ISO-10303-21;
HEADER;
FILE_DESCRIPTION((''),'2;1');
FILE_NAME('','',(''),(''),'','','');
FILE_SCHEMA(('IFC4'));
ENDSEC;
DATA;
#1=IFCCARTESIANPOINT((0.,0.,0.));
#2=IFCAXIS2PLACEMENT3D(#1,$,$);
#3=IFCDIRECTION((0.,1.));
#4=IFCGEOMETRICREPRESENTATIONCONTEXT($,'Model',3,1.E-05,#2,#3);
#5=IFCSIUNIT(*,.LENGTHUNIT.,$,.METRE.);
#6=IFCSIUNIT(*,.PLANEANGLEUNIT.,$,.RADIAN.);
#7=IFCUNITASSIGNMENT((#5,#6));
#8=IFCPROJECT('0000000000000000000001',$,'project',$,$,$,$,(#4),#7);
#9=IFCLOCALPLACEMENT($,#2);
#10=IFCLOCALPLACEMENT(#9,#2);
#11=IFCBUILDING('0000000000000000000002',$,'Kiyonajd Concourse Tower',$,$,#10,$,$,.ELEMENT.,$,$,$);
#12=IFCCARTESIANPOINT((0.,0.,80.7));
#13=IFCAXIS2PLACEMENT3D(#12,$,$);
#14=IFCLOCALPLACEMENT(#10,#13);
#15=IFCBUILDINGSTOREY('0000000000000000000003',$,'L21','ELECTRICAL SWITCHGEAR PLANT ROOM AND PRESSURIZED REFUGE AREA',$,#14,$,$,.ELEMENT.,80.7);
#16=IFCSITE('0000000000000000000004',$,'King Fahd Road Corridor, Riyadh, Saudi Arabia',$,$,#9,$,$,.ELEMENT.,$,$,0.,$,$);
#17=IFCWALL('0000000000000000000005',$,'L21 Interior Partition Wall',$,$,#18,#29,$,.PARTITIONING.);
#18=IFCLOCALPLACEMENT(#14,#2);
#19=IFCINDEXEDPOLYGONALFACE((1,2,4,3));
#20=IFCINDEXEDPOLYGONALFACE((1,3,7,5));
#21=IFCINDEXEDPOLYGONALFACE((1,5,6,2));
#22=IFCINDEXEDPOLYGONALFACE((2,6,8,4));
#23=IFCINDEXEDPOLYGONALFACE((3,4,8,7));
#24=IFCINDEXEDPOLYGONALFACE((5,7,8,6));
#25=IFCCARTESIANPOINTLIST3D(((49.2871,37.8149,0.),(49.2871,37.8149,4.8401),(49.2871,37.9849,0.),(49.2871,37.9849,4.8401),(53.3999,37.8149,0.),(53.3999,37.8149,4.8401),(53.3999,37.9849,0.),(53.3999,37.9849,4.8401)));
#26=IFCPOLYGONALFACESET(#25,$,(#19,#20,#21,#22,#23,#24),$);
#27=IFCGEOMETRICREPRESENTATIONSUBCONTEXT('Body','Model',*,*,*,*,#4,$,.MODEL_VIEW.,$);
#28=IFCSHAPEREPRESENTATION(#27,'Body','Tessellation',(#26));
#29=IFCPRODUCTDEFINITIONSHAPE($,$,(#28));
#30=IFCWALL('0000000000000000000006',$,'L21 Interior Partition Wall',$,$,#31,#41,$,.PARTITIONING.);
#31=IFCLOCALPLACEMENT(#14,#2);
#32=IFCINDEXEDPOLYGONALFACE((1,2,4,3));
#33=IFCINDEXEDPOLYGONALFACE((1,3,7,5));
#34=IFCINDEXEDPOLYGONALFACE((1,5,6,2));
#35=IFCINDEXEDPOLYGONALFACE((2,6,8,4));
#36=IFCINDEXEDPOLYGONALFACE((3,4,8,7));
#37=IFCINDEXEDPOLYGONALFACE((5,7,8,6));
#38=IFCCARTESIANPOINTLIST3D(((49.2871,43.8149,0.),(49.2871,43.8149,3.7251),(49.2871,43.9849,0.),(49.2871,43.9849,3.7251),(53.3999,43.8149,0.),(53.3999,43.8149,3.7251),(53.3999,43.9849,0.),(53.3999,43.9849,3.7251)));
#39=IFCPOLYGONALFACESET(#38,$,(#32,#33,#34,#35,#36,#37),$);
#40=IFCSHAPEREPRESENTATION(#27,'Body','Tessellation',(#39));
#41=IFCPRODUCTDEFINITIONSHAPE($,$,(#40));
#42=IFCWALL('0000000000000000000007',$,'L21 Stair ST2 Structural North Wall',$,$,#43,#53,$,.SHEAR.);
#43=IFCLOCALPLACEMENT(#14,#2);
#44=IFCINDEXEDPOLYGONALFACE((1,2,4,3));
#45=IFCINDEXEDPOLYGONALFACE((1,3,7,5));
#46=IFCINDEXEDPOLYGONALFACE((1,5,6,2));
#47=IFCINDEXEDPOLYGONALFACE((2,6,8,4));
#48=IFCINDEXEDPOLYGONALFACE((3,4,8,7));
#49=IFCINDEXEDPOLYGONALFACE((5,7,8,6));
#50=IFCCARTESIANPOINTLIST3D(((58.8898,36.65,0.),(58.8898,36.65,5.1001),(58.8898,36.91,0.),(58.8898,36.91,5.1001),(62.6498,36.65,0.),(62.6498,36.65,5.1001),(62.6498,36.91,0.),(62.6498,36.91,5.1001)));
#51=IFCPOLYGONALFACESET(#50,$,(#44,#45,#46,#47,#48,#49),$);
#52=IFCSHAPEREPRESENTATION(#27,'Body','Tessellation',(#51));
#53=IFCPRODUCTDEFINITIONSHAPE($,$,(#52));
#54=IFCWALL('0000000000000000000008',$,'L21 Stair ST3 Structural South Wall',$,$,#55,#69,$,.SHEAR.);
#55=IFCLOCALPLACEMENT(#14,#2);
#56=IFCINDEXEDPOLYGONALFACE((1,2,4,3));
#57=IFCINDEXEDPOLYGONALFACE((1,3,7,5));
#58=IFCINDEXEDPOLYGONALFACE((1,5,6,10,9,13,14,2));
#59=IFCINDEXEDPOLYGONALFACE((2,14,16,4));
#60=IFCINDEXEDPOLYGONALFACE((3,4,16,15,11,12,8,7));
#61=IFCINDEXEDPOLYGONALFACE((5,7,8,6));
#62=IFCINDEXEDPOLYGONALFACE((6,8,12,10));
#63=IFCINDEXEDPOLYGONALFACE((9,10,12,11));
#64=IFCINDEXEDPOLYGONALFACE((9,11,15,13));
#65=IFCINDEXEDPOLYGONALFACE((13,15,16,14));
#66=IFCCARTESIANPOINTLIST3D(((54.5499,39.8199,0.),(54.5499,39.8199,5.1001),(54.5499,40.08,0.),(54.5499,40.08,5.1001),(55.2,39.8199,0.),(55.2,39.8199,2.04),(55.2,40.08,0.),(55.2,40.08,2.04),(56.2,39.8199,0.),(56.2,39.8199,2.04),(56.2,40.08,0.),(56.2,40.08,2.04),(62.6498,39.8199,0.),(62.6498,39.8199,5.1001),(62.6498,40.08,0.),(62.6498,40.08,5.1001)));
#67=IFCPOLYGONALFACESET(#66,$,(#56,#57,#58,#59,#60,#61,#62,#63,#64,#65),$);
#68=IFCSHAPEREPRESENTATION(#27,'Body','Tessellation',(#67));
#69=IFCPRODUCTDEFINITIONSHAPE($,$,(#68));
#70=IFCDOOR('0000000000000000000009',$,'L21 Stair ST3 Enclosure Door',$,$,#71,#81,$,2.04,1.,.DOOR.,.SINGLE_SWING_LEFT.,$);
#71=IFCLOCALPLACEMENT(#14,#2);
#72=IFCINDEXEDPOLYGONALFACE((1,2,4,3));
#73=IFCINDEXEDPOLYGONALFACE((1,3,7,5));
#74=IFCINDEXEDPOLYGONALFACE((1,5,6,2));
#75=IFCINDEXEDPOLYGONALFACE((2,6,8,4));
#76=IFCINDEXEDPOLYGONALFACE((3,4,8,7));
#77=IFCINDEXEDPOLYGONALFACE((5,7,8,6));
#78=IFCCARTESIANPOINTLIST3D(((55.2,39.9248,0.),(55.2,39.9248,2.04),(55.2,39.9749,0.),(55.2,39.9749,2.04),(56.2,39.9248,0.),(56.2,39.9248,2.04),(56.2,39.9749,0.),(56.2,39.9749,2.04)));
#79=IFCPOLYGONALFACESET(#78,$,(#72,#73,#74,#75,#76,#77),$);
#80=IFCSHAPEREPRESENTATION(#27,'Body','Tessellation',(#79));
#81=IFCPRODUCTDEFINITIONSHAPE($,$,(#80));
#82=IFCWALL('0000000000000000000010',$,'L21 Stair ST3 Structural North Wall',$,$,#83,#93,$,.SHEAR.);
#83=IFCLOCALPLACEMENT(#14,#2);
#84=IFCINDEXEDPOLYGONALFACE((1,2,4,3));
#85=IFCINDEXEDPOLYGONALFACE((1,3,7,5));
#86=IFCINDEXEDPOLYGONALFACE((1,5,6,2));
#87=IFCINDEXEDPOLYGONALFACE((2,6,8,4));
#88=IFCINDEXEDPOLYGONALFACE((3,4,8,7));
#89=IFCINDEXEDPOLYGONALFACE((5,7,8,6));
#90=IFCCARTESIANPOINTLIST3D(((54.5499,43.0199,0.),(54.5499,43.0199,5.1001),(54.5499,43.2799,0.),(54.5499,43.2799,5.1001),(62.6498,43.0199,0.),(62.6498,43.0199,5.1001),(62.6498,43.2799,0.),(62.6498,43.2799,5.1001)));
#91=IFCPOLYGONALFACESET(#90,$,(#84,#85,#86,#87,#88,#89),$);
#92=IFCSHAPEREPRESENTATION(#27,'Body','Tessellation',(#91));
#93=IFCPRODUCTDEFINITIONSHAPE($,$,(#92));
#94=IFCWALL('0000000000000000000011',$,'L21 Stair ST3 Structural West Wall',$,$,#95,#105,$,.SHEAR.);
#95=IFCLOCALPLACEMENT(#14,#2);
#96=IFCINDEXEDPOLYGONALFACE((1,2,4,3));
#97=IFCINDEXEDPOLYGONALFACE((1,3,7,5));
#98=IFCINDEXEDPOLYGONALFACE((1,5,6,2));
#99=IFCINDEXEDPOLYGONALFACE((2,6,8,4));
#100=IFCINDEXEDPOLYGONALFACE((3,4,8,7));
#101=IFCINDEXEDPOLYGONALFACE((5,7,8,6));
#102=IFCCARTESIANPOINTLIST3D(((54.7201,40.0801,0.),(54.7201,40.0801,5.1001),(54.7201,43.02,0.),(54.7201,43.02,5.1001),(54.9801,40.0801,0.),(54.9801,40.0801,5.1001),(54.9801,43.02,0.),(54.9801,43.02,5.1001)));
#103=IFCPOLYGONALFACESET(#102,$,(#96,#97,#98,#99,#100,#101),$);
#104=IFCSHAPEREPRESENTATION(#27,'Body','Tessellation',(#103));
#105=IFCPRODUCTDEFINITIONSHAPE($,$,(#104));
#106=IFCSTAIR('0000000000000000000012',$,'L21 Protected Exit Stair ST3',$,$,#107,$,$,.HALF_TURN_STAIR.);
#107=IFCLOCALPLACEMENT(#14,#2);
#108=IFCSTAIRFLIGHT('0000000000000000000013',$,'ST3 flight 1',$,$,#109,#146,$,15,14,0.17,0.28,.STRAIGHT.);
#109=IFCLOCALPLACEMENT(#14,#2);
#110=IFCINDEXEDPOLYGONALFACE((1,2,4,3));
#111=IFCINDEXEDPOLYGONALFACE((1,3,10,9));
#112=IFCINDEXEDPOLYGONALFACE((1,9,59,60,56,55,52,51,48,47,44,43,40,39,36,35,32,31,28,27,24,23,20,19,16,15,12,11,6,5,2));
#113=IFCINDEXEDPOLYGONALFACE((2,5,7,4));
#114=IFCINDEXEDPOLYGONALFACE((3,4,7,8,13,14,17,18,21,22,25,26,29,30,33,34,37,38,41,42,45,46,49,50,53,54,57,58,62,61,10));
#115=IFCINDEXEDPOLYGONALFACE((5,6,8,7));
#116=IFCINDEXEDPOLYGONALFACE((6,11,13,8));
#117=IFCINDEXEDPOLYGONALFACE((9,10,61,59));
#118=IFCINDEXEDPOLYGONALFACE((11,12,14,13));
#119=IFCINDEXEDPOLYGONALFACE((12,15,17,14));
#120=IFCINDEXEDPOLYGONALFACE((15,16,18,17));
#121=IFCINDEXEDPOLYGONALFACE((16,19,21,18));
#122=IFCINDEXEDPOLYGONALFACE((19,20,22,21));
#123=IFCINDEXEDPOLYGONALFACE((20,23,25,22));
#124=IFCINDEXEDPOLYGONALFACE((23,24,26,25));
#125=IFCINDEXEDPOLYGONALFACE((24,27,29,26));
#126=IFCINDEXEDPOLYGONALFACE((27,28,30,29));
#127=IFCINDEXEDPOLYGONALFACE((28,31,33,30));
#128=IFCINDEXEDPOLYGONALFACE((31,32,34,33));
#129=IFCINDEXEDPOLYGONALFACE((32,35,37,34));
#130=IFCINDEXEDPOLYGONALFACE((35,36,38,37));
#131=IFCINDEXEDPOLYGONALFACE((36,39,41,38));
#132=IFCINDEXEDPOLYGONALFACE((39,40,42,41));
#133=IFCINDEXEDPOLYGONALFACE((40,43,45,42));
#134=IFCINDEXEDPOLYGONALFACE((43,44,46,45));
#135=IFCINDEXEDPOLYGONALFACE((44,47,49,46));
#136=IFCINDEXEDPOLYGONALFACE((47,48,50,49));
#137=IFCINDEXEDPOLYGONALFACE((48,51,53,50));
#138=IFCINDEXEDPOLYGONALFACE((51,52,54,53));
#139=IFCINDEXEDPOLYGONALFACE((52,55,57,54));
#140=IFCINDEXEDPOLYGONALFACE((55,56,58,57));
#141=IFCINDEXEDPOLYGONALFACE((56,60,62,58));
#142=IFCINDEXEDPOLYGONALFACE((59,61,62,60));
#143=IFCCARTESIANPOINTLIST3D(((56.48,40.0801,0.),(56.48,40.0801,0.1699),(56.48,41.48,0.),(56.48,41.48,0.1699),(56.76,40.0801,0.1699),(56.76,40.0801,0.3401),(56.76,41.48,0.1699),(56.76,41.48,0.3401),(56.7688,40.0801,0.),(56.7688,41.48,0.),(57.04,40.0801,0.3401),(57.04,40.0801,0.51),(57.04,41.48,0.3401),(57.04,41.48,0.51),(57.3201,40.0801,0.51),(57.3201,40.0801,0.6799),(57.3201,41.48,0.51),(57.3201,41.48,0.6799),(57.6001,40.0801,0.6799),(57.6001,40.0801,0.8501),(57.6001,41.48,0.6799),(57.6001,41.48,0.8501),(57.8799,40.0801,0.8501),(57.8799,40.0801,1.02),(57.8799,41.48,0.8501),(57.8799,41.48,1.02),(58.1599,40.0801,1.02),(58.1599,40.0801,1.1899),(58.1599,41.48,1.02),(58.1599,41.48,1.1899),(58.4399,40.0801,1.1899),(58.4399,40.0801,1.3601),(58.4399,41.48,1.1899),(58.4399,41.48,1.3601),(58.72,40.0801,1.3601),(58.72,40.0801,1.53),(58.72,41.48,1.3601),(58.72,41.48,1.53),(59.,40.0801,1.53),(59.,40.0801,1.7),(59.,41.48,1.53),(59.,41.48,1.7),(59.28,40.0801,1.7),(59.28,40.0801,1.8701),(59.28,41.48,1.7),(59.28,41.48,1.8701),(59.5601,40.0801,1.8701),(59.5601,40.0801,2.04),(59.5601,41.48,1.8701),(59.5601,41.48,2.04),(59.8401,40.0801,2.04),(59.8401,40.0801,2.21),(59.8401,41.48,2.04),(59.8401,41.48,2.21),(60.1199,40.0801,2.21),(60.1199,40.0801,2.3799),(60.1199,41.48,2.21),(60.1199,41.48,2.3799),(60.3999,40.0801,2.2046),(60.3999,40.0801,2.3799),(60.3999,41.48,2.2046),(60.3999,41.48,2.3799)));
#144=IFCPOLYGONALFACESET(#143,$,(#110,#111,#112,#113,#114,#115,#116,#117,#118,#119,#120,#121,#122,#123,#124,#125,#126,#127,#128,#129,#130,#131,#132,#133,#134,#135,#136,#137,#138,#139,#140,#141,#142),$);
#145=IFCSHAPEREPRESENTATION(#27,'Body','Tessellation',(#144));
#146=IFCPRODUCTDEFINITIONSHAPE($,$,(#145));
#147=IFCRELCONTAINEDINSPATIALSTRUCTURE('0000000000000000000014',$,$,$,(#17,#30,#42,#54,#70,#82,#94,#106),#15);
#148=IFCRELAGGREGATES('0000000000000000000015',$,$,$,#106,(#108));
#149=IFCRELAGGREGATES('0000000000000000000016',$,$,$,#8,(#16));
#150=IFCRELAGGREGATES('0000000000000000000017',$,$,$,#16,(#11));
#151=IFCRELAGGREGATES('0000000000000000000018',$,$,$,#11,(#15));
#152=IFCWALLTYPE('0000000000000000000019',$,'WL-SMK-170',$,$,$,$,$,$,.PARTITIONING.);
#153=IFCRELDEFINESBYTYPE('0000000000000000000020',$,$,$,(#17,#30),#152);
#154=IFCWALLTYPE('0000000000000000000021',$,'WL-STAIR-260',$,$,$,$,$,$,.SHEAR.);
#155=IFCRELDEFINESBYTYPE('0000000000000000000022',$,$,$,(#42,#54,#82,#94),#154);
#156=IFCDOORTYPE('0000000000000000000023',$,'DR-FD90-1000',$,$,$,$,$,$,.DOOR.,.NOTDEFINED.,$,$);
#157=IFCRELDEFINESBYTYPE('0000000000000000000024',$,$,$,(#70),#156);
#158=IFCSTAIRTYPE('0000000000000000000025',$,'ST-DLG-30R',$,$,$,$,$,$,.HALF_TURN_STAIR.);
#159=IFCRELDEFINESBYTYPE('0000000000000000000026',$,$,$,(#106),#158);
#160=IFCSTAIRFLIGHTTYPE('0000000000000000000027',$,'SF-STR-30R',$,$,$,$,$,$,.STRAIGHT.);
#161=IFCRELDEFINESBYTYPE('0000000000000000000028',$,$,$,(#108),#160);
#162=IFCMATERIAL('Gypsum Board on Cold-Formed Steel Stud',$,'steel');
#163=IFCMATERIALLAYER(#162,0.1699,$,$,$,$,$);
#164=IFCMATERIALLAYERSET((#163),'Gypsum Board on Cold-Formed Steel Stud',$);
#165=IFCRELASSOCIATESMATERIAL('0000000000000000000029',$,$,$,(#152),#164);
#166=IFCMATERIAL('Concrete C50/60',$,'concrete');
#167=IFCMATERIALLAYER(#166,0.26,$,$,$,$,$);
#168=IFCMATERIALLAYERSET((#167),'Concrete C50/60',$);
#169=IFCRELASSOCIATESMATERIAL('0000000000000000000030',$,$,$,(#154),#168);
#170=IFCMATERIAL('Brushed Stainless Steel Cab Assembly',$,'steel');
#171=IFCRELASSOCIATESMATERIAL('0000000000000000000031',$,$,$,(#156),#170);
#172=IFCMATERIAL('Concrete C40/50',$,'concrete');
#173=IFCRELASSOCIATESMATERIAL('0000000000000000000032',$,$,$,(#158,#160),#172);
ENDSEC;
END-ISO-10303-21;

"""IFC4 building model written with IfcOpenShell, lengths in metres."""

from ifc_helpers import new_model, si_unit, direction, frame, frame_2d, origin, place, context, subcontext, project, spatial, polyline, rectangle, outline, extrude, material, layer, layer_set, type_object, element, fill, aggregate, save


model = new_model("IFC4")

# Units and contexts
model_context = context("Model", 3, precision=1e-05, world=origin(), true_north=direction((0.0, 1.0)))
body_context = subcontext(model_context, "Body", "Model", "MODEL_VIEW")
ifc_project = project(units=[si_unit("LENGTHUNIT", "METRE"), si_unit("PLANEANGLEUNIT", "RADIAN")], contexts=[model_context])

# Site, building, storey
site_placement = place(None, origin())
site = spatial("IfcSite", under=ifc_project, at=site_placement, Name="King Fahd Road Corridor, Riyadh, Saudi Arabia", CompositionType="ELEMENT", RefElevation=0.0)
building_placement = place(site_placement, origin())
building = spatial("IfcBuilding", under=site, at=building_placement, Name="Kiyonajd Concourse Tower", CompositionType="ELEMENT")
storey_placement = place(building_placement, frame((0.0, 0.0, 80.7)))
storey = spatial("IfcBuildingStorey", under=building, at=storey_placement, Name="L21", Description="ELECTRICAL SWITCHGEAR PLANT ROOM AND PRESSURIZED REFUGE AREA", CompositionType="ELEMENT", Elevation=80.7)

# Shared definitions
ifc_material_1 = material(Name="Concrete C50/60", Category="concrete")

# Shared definitions
ifc_material_2 = material(Name="Gypsum Board on Cold-Formed Steel Stud", Category="steel")

# Shared definitions
ifc_layer_1 = layer(ifc_material_2, 0.1699)
ifc_layer_set_1 = layer_set([ifc_layer_1], Name="Gypsum Board on Cold-Formed Steel Stud")
wall_type_1 = type_object("IfcWallType", Name="WL-SMK-170", PredefinedType="PARTITIONING", material=ifc_layer_set_1)
ifc_material_3 = material(Name="Brushed Stainless Steel Cab Assembly", Category="steel")

# Walls
wall_1_placement = place(storey_placement, frame((49.2871, 37.8999, 0.0), z_axis=(0.0, 0.0, 1.0), x_axis=(1.0, 0.0, 0.0)))
element("IfcWall", 1, at=wall_1_placement, inside=storey, type_object=wall_type_1, Name="L21 Interior Partition Wall", PredefinedType="PARTITIONING", context=body_context, shape_type="SweptSolid", body=[
    extrude(rectangle(XDim=4.1128, YDim=0.1699, at=frame_2d((2.0564, 0.0))), origin(), (0.0, 0.0, 1.0), 4.8401),
])
wall_2_placement = place(storey_placement, frame((49.2871, 43.8999, 0.0), z_axis=(0.0, 0.0, 1.0), x_axis=(1.0, 0.0, 0.0)))
element("IfcWall", 2, at=wall_2_placement, inside=storey, type_object=wall_type_1, Name="L21 Interior Partition Wall", PredefinedType="PARTITIONING", context=body_context, shape_type="SweptSolid", body=[
    extrude(rectangle(XDim=4.1128, YDim=0.1699, at=frame_2d((2.0564, 0.0))), origin(), (0.0, 0.0, 1.0), 3.7251),
])
ifc_layer_2 = layer(ifc_material_1, 0.26)
ifc_layer_set_2 = layer_set([ifc_layer_2], Name="Concrete C50/60")
wall_type_2 = type_object("IfcWallType", Name="WL-STAIR-260", PredefinedType="SHEAR", material=ifc_layer_set_2)
wall_3_placement = place(storey_placement, frame((58.8899, 36.78, 0.0), z_axis=(0.0, 0.0, 1.0), x_axis=(1.0, 0.0, 0.0)))
element("IfcWall", 3, at=wall_3_placement, inside=storey, type_object=wall_type_2, Name="L21 Stair ST2 Structural North Wall", PredefinedType="SHEAR", context=body_context, shape_type="SweptSolid", body=[
    extrude(rectangle(XDim=3.76, YDim=0.26, at=frame_2d((1.8799, 0.0))), origin(), (0.0, 0.0, 1.0), 5.1001),
])

# Wall, opening, door
wall_4_placement = place(storey_placement, frame((54.55, 39.95, 0.0), z_axis=(0.0, 0.0, 1.0), x_axis=(1.0, 0.0, 0.0)))
wall_4 = element("IfcWall", 4, at=wall_4_placement, inside=storey, type_object=wall_type_2, Name="L21 Stair ST3 Structural South Wall", PredefinedType="SHEAR", context=body_context, shape_type="SweptSolid", body=[
    extrude(rectangle(XDim=8.0999, YDim=0.26, at=frame_2d((4.0498, 0.0))), origin(), (0.0, 0.0, 1.0), 5.1001),
])
opening_1_placement = place(wall_4_placement, frame((0.6499, 0.0, 0.0)))
opening_1 = element("IfcOpeningElement", 5, at=opening_1_placement, cuts=wall_4, PredefinedType="OPENING", context=body_context, shape_type="SweptSolid", body=[
    extrude(rectangle(XDim=1.0, YDim=2.04, at=frame_2d((0.5, 1.02))), frame((0.0, 0.1399, 0.0), z_axis=(0.0, -1.0, 0.0), x_axis=(1.0, 0.0, 0.0)), (0.0, 0.0, 1.0), 0.28),
])
door_type_1 = type_object("IfcDoorType", Name="DR-FD90-1000", OperationType="NOTDEFINED", PredefinedType="DOOR", material=ifc_material_3)
door_1_placement = place(opening_1_placement, origin())
door_1 = element("IfcDoor", 6, at=door_1_placement, inside=storey, type_object=door_type_1, Name="L21 Stair ST3 Enclosure Door", OperationType="SINGLE_SWING_LEFT", OverallHeight=2.04, OverallWidth=1.0, PredefinedType="DOOR", context=body_context, shape_type="SweptSolid", body=[
    extrude(rectangle(XDim=1.0, YDim=2.04, at=frame_2d((0.5, 1.02))), frame((0.0, 0.0249, 0.0), z_axis=(0.0, -1.0, 0.0), x_axis=(1.0, 0.0, 0.0)), (0.0, 0.0, 1.0), 0.05),
])
fill(opening_1, door_1)

# Walls
wall_5_placement = place(storey_placement, frame((54.55, 43.1499, 0.0), z_axis=(0.0, 0.0, 1.0), x_axis=(1.0, 0.0, 0.0)))
element("IfcWall", 7, at=wall_5_placement, inside=storey, type_object=wall_type_2, Name="L21 Stair ST3 Structural North Wall", PredefinedType="SHEAR", context=body_context, shape_type="SweptSolid", body=[
    extrude(rectangle(XDim=8.0999, YDim=0.26, at=frame_2d((4.0498, 0.0))), origin(), (0.0, 0.0, 1.0), 5.1001),
])
wall_6_placement = place(storey_placement, frame((54.8501, 40.0801, 0.0), z_axis=(0.0, 0.0, 1.0), x_axis=(0.0, 1.0, 0.0)))
element("IfcWall", 8, at=wall_6_placement, inside=storey, type_object=wall_type_2, Name="L21 Stair ST3 Structural West Wall", PredefinedType="SHEAR", context=body_context, shape_type="SweptSolid", body=[
    extrude(rectangle(XDim=2.9399, YDim=0.26, at=frame_2d((1.47, 0.0))), origin(), (0.0, 0.0, 1.0), 5.1001),
])

# Stair, stair flight
ifc_material_4 = material(Name="Concrete C40/50", Category="concrete")
stair_type = type_object("IfcStairType", Name="ST-DLG-30R", PredefinedType="HALF_TURN_STAIR", material=ifc_material_4)
stair_placement = place(storey_placement, origin())
stair = element("IfcStair", 9, at=stair_placement, inside=storey, type_object=stair_type, Name="L21 Protected Exit Stair ST3", PredefinedType="HALF_TURN_STAIR")
stair_flight_type = type_object("IfcStairFlightType", Name="SF-STR-30R", PredefinedType="STRAIGHT", material=ifc_material_4)
stair_flight_1_placement = place(storey_placement, frame((56.48, 40.78, 0.0), z_axis=(0.0, 0.0, 1.0), x_axis=(1.0, 0.0, 0.0)))
stair_flight_1 = element("IfcStairFlight", 10, at=stair_flight_1_placement, type_object=stair_flight_type, Name="ST3 flight 1", NumberOfRisers=15, NumberOfTreads=14, PredefinedType="STRAIGHT", RiserHeight=0.17, TreadLength=0.28, context=body_context, shape_type="SweptSolid", body=[
    extrude(outline(polyline([(0.0, 0.0), (0.0, 0.1699), (0.28, 0.1699), (0.28, 0.3401), (0.5601, 0.3401), (0.5601, 0.51), (0.8401, 0.51), (0.8401, 0.6799), (1.1201, 0.6799), (1.1201, 0.8501), (1.3999, 0.8501), (1.3999, 1.02), (1.6799, 1.02), (1.6799, 1.1899), (1.96, 1.1899), (1.96, 1.3601), (2.24, 1.3601), (2.24, 1.53), (2.52, 1.53), (2.52, 1.7), (2.8, 1.7), (2.8, 1.8701), (3.0801, 1.8701), (3.0801, 2.04), (3.3601, 2.04), (3.3601, 2.21), (3.6399, 2.21), (3.6399, 2.3799), (3.9199, 2.3799), (3.9199, 2.55), (3.9199, 2.2046), (0.2888, 0.0), (0.0, 0.0)])), frame((0.0, 0.7, 0.0), z_axis=(0.0, -1.0, 0.0), x_axis=(1.0, 0.0, 0.0)), (0.0, 0.0, 1.0), 1.3999),
])
aggregate(stair, [stair_flight_1])

save(model, "model.ifc")
